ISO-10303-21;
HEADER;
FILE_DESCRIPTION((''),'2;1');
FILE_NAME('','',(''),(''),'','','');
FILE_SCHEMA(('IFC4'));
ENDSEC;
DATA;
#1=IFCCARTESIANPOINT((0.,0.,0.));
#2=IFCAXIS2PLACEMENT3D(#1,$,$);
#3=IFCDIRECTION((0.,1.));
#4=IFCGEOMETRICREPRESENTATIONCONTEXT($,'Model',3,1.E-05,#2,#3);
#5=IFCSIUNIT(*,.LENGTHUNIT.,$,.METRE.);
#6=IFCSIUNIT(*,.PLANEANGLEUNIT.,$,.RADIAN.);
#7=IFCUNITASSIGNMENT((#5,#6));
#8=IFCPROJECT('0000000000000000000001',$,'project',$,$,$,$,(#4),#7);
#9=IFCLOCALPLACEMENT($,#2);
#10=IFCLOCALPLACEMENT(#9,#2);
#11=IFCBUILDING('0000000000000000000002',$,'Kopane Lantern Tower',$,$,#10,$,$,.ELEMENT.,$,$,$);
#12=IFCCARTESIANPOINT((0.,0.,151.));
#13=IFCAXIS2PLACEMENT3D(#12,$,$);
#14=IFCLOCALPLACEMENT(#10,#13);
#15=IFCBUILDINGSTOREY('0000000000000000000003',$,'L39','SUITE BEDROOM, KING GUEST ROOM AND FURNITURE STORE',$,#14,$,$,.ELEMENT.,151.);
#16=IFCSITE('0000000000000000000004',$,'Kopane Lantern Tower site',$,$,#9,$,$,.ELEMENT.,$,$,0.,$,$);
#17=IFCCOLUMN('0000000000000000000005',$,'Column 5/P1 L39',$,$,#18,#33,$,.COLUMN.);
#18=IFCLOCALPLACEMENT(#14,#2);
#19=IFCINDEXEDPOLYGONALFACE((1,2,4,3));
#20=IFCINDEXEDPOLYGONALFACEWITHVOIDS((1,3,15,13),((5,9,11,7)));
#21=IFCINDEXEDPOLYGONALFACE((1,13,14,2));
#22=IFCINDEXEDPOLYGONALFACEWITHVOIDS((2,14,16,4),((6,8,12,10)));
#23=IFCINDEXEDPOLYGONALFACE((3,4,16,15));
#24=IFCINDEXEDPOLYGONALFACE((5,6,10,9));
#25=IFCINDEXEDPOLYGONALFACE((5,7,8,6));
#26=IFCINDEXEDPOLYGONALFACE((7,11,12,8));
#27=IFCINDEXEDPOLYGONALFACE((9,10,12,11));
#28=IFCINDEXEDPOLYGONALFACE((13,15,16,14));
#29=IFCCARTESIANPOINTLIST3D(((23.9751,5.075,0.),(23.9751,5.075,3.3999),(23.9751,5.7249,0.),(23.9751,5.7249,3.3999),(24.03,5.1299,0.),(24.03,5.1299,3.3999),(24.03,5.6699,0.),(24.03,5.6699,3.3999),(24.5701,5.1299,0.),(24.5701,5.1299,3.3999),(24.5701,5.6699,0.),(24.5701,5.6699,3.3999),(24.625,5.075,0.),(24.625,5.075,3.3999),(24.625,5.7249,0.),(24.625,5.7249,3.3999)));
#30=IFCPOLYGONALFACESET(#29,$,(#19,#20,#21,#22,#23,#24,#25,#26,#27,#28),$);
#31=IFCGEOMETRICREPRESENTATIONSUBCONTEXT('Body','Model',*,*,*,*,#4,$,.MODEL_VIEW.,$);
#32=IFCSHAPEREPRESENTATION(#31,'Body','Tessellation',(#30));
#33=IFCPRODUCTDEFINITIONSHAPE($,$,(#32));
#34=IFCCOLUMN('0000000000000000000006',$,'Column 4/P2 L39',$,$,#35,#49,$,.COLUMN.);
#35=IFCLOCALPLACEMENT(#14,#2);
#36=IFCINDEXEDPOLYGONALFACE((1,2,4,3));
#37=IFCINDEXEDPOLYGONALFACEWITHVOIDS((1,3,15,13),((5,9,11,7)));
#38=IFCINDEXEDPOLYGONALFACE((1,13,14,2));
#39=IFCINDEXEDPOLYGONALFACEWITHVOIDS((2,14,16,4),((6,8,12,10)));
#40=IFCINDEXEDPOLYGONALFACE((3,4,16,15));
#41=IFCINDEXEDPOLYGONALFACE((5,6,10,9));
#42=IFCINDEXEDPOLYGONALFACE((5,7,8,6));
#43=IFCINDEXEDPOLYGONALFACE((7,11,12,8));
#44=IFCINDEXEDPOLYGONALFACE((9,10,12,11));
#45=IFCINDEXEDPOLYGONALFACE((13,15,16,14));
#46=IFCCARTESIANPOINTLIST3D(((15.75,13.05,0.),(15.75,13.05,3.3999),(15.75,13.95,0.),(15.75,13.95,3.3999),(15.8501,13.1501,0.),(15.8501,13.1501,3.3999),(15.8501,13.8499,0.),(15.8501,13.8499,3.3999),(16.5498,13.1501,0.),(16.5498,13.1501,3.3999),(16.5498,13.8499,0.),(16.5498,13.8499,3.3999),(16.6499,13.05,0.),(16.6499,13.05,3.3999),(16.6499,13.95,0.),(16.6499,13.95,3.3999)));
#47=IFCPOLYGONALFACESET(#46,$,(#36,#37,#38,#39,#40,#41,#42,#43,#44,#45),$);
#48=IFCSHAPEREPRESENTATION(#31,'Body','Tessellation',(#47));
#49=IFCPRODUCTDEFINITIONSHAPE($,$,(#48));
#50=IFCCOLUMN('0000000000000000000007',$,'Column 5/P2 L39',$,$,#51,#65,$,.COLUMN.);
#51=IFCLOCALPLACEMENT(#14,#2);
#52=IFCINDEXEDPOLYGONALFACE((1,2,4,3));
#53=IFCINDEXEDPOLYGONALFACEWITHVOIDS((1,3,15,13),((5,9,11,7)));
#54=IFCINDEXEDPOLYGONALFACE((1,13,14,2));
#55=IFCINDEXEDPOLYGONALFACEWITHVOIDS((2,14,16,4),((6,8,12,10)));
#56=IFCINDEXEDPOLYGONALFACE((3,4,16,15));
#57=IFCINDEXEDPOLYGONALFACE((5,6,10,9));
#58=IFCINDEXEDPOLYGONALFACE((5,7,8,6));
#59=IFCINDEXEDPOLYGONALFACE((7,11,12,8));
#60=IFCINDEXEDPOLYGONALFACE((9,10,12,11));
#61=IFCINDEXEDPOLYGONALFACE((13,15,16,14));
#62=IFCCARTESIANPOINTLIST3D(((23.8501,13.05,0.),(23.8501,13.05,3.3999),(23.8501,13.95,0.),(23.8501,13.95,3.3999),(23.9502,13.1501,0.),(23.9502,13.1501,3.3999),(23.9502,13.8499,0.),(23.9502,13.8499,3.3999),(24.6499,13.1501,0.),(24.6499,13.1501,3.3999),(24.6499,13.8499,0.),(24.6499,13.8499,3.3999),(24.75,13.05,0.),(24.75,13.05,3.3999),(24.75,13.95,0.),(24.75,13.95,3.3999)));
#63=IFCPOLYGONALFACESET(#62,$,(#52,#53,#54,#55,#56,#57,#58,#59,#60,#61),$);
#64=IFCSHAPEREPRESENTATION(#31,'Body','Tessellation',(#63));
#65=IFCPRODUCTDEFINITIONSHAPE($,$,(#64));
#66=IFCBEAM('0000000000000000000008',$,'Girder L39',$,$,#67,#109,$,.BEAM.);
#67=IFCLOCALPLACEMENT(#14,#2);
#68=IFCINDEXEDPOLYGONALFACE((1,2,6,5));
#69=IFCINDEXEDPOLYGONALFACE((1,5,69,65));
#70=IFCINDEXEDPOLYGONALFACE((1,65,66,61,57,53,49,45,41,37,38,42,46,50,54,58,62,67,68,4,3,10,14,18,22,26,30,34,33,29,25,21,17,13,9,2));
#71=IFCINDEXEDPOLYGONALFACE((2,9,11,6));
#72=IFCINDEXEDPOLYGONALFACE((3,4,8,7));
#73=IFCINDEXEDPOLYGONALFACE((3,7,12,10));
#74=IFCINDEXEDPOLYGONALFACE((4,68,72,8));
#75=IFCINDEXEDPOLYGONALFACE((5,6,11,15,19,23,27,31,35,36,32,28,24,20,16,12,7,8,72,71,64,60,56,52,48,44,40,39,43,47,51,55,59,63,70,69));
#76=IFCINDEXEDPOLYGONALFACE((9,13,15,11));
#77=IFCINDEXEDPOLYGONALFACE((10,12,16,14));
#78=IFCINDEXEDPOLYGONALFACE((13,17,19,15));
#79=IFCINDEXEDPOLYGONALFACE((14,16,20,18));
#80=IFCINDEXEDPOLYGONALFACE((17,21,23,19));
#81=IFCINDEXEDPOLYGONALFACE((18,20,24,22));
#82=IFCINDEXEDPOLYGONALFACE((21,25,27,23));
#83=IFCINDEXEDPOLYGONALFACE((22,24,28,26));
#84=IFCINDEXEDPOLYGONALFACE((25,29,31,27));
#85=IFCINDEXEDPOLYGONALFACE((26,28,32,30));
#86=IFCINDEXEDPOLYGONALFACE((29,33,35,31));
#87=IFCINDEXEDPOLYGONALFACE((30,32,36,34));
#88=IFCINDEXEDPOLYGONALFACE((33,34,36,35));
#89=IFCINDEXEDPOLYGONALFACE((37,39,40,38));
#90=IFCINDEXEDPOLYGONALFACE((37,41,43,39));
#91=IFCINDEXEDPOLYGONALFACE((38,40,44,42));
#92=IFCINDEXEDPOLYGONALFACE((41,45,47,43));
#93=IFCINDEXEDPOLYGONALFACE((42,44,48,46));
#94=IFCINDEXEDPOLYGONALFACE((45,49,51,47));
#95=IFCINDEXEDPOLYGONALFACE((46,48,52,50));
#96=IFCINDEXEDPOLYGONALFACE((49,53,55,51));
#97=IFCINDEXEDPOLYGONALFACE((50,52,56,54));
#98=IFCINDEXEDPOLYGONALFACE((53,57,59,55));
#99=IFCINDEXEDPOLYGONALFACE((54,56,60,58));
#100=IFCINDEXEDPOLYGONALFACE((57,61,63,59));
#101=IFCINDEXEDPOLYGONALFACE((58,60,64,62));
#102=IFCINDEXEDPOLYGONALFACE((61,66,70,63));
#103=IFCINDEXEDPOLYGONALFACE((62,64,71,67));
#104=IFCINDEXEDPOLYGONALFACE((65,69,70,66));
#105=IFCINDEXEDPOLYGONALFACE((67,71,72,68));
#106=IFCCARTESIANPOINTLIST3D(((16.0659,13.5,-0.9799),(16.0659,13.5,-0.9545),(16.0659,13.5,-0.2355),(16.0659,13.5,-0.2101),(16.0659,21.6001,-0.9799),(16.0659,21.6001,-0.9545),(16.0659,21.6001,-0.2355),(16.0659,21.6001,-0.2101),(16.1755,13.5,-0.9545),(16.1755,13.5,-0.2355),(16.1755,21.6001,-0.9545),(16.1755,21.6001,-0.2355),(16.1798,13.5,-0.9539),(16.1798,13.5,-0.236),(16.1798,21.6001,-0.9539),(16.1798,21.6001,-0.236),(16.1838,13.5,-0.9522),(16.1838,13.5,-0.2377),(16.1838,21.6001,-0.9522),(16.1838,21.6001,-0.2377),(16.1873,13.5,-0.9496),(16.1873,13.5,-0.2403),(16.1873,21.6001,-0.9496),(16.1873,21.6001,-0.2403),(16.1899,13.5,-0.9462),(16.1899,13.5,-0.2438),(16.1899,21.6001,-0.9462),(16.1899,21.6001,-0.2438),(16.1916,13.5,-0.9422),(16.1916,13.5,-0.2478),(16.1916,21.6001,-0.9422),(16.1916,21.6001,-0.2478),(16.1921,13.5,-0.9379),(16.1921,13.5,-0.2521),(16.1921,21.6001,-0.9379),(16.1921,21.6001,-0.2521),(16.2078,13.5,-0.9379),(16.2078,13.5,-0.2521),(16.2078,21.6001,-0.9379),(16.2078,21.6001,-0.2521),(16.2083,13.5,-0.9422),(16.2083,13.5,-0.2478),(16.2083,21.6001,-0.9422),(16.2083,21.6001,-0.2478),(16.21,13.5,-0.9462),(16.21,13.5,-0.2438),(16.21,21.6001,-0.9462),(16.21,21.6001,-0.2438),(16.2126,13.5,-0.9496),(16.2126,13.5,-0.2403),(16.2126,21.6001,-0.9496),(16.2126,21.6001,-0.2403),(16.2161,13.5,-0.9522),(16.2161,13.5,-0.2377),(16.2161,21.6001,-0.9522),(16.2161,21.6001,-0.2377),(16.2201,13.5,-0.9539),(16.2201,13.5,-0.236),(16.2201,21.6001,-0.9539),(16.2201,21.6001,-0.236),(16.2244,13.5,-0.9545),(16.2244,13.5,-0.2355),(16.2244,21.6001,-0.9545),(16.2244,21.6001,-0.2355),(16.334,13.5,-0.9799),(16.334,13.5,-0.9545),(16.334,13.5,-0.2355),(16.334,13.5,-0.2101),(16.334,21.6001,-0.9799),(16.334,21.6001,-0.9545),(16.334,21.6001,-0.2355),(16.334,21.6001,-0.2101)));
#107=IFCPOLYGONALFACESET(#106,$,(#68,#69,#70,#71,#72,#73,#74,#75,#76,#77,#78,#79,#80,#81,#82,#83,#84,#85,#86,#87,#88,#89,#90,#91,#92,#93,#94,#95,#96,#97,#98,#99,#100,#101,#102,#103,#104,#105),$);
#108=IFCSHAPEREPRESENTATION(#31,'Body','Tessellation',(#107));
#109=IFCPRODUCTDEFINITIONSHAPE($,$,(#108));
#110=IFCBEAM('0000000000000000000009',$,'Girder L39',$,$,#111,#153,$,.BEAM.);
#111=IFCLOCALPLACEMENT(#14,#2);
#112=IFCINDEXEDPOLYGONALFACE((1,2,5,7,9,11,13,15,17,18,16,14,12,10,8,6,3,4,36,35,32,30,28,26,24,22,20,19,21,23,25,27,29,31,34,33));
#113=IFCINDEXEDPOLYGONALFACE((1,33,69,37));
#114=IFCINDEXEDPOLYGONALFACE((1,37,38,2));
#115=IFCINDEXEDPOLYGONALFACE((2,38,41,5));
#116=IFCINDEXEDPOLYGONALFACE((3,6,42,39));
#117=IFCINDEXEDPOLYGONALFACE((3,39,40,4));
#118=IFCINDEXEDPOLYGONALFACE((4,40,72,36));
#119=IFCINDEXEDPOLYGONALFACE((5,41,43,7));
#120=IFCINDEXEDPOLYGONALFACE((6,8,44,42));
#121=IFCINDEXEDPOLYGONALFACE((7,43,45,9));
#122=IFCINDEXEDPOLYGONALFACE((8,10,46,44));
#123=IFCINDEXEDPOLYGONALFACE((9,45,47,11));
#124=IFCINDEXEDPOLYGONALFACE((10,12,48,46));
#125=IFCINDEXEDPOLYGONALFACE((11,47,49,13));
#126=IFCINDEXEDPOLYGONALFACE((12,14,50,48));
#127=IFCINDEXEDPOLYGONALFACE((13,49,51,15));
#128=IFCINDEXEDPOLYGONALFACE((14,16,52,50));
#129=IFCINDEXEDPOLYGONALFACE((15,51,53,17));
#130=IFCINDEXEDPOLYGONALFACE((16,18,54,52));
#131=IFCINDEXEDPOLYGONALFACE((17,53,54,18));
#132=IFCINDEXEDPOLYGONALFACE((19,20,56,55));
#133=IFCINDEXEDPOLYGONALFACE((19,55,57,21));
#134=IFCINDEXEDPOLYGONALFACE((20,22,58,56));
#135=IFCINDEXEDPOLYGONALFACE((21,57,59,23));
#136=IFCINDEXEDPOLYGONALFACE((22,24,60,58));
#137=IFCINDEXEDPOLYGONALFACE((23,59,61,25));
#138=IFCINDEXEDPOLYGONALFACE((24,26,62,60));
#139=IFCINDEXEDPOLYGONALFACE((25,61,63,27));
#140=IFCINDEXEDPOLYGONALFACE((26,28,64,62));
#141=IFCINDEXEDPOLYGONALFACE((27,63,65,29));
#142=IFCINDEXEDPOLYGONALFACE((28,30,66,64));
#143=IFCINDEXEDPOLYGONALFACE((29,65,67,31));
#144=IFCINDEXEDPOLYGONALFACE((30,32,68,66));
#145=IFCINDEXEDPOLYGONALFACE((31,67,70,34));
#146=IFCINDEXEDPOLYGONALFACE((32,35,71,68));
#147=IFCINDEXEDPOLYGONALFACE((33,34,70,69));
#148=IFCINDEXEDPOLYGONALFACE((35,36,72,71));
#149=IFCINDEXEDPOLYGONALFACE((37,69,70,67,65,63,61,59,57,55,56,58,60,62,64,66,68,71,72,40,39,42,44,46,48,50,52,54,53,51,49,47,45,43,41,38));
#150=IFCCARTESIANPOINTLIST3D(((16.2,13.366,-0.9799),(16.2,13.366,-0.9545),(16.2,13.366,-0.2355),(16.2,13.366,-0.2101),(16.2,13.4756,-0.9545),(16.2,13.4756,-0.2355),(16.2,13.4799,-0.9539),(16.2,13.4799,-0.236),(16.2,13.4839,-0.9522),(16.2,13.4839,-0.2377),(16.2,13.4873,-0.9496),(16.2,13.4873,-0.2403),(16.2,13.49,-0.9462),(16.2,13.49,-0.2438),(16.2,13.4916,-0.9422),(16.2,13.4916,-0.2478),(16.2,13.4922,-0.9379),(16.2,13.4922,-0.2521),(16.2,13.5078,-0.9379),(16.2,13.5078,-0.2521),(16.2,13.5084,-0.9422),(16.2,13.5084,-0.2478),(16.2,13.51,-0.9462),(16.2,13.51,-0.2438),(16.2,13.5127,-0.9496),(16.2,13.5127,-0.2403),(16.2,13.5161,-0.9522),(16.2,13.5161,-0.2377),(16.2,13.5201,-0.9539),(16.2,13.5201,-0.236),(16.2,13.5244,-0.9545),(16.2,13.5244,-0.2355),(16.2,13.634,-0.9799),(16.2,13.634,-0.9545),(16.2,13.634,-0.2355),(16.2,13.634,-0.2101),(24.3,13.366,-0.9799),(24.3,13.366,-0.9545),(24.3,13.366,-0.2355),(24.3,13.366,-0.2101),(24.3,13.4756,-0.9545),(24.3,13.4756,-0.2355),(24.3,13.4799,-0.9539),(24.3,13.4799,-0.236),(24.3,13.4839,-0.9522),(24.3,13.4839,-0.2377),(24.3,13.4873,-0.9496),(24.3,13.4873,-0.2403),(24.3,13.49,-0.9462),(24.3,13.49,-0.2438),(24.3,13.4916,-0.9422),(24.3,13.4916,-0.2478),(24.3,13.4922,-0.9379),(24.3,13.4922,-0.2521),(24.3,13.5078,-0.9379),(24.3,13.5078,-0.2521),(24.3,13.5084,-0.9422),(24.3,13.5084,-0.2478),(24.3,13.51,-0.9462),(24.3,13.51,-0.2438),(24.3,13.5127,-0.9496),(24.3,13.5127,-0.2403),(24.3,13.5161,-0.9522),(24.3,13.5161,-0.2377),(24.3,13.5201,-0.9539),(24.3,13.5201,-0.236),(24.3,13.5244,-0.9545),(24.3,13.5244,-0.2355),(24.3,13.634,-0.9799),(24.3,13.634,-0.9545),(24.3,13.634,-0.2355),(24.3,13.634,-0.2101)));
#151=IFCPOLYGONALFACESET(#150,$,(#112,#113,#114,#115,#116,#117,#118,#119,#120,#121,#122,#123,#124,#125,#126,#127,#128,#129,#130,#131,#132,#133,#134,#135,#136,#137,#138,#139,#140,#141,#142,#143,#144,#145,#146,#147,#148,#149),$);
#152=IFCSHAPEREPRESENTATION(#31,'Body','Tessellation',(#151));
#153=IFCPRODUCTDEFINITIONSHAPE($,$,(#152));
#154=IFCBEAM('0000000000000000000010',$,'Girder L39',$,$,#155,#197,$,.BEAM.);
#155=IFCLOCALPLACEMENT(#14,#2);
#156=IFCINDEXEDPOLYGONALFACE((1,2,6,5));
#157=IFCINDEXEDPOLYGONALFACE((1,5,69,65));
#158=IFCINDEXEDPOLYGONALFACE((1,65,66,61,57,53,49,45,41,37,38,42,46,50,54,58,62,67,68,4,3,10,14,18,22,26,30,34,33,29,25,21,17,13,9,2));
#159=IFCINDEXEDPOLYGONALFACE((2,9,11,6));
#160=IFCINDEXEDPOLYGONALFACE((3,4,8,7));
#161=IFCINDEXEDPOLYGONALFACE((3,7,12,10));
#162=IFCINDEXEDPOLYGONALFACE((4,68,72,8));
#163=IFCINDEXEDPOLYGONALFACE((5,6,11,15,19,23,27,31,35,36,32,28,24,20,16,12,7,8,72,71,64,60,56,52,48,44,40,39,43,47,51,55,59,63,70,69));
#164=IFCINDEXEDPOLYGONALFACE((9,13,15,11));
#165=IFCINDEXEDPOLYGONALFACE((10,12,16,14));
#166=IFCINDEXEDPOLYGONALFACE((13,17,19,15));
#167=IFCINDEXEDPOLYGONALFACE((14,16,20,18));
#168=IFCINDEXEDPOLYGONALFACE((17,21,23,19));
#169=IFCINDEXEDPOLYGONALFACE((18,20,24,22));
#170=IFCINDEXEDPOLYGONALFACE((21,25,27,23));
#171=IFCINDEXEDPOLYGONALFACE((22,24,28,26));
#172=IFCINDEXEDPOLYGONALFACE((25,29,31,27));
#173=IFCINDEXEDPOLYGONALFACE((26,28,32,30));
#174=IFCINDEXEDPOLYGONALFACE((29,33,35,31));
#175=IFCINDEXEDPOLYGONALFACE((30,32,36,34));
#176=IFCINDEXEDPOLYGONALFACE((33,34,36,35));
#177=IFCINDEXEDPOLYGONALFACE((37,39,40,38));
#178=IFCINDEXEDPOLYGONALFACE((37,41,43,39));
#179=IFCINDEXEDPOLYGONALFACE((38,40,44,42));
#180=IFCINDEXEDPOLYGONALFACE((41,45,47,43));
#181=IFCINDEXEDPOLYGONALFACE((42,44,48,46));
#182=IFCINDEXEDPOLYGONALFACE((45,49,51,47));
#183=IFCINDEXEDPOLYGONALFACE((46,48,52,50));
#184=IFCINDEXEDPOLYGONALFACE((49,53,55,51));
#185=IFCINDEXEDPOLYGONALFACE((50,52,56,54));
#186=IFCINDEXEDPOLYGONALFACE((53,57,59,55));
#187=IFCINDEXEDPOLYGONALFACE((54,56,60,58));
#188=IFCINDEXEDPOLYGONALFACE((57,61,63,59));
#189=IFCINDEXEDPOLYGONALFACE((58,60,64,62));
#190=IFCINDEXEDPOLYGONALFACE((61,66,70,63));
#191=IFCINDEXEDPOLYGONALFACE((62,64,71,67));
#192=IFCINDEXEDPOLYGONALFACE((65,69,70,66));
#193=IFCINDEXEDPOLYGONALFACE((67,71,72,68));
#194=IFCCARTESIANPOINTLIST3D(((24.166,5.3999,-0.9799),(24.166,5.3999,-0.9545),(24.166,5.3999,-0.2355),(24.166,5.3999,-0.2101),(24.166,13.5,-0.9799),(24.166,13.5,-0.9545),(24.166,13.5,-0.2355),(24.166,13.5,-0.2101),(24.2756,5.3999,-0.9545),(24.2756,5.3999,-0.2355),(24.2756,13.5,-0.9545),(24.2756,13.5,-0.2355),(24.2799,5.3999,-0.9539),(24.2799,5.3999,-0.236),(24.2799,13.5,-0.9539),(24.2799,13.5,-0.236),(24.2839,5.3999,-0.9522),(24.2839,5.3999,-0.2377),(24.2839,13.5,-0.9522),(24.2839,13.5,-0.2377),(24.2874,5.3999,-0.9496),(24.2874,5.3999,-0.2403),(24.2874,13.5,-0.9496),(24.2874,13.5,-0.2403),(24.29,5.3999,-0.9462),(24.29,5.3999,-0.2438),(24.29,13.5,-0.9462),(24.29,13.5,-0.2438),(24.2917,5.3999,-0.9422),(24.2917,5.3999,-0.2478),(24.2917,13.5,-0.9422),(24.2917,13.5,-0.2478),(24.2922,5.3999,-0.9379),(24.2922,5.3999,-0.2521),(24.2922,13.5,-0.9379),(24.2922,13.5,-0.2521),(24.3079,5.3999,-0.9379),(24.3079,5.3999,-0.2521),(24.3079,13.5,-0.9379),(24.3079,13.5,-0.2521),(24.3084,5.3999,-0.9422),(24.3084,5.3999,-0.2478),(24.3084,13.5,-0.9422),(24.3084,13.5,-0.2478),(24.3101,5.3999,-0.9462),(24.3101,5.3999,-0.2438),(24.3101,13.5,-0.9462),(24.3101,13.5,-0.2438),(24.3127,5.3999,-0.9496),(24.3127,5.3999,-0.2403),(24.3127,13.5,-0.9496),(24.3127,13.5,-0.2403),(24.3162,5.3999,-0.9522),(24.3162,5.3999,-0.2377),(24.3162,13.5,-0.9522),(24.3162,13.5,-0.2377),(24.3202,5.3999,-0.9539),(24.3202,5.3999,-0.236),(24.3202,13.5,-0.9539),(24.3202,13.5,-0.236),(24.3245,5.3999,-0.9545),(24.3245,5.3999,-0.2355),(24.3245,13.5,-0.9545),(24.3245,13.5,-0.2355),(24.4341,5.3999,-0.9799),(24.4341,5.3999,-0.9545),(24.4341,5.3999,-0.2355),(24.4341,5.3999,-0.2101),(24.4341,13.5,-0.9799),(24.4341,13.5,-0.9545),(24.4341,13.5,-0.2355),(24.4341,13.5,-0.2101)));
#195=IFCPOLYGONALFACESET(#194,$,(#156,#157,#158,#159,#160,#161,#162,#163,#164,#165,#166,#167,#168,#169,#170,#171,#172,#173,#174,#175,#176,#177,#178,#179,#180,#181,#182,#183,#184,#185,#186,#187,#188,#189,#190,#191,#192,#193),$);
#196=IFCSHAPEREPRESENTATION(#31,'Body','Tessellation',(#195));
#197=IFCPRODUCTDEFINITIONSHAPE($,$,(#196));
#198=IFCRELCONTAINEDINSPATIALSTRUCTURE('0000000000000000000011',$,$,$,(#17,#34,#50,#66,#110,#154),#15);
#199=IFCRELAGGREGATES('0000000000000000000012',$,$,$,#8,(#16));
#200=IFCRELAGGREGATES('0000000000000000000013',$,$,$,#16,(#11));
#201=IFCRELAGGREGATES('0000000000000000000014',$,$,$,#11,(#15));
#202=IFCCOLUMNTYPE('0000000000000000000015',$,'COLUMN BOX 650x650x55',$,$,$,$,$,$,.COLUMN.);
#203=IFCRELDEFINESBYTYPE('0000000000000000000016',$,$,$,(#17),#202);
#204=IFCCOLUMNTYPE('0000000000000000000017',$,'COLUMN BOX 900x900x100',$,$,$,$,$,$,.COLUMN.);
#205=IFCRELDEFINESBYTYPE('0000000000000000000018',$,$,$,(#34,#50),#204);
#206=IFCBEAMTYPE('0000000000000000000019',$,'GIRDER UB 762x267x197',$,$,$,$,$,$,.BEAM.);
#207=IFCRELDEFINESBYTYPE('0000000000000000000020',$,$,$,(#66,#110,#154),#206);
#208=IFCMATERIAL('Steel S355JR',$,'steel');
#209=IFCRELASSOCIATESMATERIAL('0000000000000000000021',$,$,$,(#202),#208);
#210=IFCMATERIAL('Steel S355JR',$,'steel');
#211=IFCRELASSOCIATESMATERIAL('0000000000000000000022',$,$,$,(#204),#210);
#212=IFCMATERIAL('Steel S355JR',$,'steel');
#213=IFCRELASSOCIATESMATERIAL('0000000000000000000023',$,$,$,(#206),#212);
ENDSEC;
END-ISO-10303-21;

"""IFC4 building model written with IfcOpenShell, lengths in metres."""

from ifc_helpers import new_model, si_unit, direction, frame, origin, origin_2d, place, context, subcontext, project, spatial, hollow_rectangle, i_section, extrude, material, material_profile, profile_set, type_object, element, save


model = new_model("IFC4")

# Units and contexts
model_context = context("Model", 3, precision=1e-05, world=origin(), true_north=direction((0.0, 1.0)))
body_context = subcontext(model_context, "Body", "Model", "MODEL_VIEW")
ifc_project = project(units=[si_unit("LENGTHUNIT", "METRE"), si_unit("PLANEANGLEUNIT", "RADIAN")], contexts=[model_context])

# Site, building, storey
site_placement = place(None, origin())
site = spatial("IfcSite", under=ifc_project, at=site_placement, Name="Kopane Lantern Tower site", CompositionType="ELEMENT", RefElevation=0.0)
building_placement = place(site_placement, origin())
building = spatial("IfcBuilding", under=site, at=building_placement, Name="Kopane Lantern Tower", CompositionType="ELEMENT")
storey_placement = place(building_placement, frame((0.0, 0.0, 151.0)))
storey = spatial("IfcBuildingStorey", under=building, at=storey_placement, Name="L39", Description="SUITE BEDROOM, KING GUEST ROOM AND FURNITURE STORE", CompositionType="ELEMENT", Elevation=151.0)

# Columns
ifc_material_1 = material(Name="Steel S355JR", Category="steel")
ifc_material_profile_1 = material_profile(ifc_material_1, hollow_rectangle(XDim=0.6499, YDim=0.6499, WallThickness=0.0549, at=origin_2d()), Name="BOX 650x650x55")
ifc_profile_set_1 = profile_set([ifc_material_profile_1], Name="Steel S355JR")
column_type_1 = type_object("IfcColumnType", Name="COLUMN BOX 650x650x55", PredefinedType="COLUMN", material=ifc_profile_set_1)
column_placement = place(storey_placement, frame((24.3, 5.3999, 0.0), z_axis=(0.0, 0.0, 1.0), x_axis=(1.0, 0.0, 0.0)))
element("IfcColumn", 1, at=column_placement, inside=storey, type_object=column_type_1, Name="Column 5/P1 L39", PredefinedType="COLUMN", context=body_context, shape_type="SweptSolid", body=[
    extrude(hollow_rectangle(XDim=0.6499, YDim=0.6499, WallThickness=0.0549, at=origin_2d()), origin(), (0.0, 0.0, 1.0), 3.3999),
])
ifc_material_2 = material(Name="Steel S355JR", Category="steel")
ifc_material_profile_2 = material_profile(ifc_material_2, hollow_rectangle(XDim=0.8999, YDim=0.8999, WallThickness=0.1001, at=origin_2d()), Name="BOX 900x900x100")
ifc_profile_set_2 = profile_set([ifc_material_profile_2], Name="Steel S355JR")
column_type_2 = type_object("IfcColumnType", Name="COLUMN BOX 900x900x100", PredefinedType="COLUMN", material=ifc_profile_set_2)
for number, where, z_axis, x_axis, name in (
    (2, (16.2, 13.5, 0.0), (0.0, 0.0, 1.0), (1.0, 0.0, 0.0), "Column 4/P2 L39"),
    (3, (24.3, 13.5, 0.0), (0.0, 0.0, 1.0), (1.0, 0.0, 0.0), "Column 5/P2 L39"),
):
    element("IfcColumn", number, at=place(storey_placement, frame(where, z_axis=z_axis, x_axis=x_axis)), inside=storey, type_object=column_type_2, Name=name, PredefinedType="COLUMN", context=body_context, shape_type="SweptSolid", body=[
        extrude(hollow_rectangle(XDim=0.8999, YDim=0.8999, WallThickness=0.1001, at=origin_2d()), origin(), (0.0, 0.0, 1.0), 3.3999),
    ])

# Beams
ifc_material_3 = material(Name="Steel S355JR", Category="steel")
ifc_material_profile_3 = material_profile(ifc_material_3, i_section(OverallWidth=0.2681, OverallDepth=0.7698, WebThickness=0.0156, FlangeThickness=0.0254, FilletRadius=0.0166, at=origin_2d()), Name="UB 762x267x197")
ifc_profile_set_3 = profile_set([ifc_material_profile_3], Name="Steel S355JR")
beam_type = type_object("IfcBeamType", Name="GIRDER UB 762x267x197", PredefinedType="BEAM", material=ifc_profile_set_3)
for number, where, z_axis, x_axis, name in (
    (4, (16.2, 13.5, -0.595), (0.0, 1.0, 0.0), (-1.0, 0.0, 0.0), "Girder L39"),
    (5, (16.2, 13.5, -0.595), (1.0, 0.0, 0.0), (0.0, 1.0, 0.0), "Girder L39"),
    (6, (24.3, 5.3999, -0.595), (0.0, 1.0, 0.0), (-1.0, 0.0, 0.0), "Girder L39"),
):
    element("IfcBeam", number, at=place(storey_placement, frame(where, z_axis=z_axis, x_axis=x_axis)), inside=storey, type_object=beam_type, Name=name, PredefinedType="BEAM", context=body_context, shape_type="SweptSolid", body=[
        extrude(i_section(OverallWidth=0.2681, OverallDepth=0.7698, WebThickness=0.0156, FlangeThickness=0.0254, FilletRadius=0.0166, at=origin_2d()), origin(), (0.0, 0.0, 1.0), 8.1001),
    ])

save(model, "model.ifc")
